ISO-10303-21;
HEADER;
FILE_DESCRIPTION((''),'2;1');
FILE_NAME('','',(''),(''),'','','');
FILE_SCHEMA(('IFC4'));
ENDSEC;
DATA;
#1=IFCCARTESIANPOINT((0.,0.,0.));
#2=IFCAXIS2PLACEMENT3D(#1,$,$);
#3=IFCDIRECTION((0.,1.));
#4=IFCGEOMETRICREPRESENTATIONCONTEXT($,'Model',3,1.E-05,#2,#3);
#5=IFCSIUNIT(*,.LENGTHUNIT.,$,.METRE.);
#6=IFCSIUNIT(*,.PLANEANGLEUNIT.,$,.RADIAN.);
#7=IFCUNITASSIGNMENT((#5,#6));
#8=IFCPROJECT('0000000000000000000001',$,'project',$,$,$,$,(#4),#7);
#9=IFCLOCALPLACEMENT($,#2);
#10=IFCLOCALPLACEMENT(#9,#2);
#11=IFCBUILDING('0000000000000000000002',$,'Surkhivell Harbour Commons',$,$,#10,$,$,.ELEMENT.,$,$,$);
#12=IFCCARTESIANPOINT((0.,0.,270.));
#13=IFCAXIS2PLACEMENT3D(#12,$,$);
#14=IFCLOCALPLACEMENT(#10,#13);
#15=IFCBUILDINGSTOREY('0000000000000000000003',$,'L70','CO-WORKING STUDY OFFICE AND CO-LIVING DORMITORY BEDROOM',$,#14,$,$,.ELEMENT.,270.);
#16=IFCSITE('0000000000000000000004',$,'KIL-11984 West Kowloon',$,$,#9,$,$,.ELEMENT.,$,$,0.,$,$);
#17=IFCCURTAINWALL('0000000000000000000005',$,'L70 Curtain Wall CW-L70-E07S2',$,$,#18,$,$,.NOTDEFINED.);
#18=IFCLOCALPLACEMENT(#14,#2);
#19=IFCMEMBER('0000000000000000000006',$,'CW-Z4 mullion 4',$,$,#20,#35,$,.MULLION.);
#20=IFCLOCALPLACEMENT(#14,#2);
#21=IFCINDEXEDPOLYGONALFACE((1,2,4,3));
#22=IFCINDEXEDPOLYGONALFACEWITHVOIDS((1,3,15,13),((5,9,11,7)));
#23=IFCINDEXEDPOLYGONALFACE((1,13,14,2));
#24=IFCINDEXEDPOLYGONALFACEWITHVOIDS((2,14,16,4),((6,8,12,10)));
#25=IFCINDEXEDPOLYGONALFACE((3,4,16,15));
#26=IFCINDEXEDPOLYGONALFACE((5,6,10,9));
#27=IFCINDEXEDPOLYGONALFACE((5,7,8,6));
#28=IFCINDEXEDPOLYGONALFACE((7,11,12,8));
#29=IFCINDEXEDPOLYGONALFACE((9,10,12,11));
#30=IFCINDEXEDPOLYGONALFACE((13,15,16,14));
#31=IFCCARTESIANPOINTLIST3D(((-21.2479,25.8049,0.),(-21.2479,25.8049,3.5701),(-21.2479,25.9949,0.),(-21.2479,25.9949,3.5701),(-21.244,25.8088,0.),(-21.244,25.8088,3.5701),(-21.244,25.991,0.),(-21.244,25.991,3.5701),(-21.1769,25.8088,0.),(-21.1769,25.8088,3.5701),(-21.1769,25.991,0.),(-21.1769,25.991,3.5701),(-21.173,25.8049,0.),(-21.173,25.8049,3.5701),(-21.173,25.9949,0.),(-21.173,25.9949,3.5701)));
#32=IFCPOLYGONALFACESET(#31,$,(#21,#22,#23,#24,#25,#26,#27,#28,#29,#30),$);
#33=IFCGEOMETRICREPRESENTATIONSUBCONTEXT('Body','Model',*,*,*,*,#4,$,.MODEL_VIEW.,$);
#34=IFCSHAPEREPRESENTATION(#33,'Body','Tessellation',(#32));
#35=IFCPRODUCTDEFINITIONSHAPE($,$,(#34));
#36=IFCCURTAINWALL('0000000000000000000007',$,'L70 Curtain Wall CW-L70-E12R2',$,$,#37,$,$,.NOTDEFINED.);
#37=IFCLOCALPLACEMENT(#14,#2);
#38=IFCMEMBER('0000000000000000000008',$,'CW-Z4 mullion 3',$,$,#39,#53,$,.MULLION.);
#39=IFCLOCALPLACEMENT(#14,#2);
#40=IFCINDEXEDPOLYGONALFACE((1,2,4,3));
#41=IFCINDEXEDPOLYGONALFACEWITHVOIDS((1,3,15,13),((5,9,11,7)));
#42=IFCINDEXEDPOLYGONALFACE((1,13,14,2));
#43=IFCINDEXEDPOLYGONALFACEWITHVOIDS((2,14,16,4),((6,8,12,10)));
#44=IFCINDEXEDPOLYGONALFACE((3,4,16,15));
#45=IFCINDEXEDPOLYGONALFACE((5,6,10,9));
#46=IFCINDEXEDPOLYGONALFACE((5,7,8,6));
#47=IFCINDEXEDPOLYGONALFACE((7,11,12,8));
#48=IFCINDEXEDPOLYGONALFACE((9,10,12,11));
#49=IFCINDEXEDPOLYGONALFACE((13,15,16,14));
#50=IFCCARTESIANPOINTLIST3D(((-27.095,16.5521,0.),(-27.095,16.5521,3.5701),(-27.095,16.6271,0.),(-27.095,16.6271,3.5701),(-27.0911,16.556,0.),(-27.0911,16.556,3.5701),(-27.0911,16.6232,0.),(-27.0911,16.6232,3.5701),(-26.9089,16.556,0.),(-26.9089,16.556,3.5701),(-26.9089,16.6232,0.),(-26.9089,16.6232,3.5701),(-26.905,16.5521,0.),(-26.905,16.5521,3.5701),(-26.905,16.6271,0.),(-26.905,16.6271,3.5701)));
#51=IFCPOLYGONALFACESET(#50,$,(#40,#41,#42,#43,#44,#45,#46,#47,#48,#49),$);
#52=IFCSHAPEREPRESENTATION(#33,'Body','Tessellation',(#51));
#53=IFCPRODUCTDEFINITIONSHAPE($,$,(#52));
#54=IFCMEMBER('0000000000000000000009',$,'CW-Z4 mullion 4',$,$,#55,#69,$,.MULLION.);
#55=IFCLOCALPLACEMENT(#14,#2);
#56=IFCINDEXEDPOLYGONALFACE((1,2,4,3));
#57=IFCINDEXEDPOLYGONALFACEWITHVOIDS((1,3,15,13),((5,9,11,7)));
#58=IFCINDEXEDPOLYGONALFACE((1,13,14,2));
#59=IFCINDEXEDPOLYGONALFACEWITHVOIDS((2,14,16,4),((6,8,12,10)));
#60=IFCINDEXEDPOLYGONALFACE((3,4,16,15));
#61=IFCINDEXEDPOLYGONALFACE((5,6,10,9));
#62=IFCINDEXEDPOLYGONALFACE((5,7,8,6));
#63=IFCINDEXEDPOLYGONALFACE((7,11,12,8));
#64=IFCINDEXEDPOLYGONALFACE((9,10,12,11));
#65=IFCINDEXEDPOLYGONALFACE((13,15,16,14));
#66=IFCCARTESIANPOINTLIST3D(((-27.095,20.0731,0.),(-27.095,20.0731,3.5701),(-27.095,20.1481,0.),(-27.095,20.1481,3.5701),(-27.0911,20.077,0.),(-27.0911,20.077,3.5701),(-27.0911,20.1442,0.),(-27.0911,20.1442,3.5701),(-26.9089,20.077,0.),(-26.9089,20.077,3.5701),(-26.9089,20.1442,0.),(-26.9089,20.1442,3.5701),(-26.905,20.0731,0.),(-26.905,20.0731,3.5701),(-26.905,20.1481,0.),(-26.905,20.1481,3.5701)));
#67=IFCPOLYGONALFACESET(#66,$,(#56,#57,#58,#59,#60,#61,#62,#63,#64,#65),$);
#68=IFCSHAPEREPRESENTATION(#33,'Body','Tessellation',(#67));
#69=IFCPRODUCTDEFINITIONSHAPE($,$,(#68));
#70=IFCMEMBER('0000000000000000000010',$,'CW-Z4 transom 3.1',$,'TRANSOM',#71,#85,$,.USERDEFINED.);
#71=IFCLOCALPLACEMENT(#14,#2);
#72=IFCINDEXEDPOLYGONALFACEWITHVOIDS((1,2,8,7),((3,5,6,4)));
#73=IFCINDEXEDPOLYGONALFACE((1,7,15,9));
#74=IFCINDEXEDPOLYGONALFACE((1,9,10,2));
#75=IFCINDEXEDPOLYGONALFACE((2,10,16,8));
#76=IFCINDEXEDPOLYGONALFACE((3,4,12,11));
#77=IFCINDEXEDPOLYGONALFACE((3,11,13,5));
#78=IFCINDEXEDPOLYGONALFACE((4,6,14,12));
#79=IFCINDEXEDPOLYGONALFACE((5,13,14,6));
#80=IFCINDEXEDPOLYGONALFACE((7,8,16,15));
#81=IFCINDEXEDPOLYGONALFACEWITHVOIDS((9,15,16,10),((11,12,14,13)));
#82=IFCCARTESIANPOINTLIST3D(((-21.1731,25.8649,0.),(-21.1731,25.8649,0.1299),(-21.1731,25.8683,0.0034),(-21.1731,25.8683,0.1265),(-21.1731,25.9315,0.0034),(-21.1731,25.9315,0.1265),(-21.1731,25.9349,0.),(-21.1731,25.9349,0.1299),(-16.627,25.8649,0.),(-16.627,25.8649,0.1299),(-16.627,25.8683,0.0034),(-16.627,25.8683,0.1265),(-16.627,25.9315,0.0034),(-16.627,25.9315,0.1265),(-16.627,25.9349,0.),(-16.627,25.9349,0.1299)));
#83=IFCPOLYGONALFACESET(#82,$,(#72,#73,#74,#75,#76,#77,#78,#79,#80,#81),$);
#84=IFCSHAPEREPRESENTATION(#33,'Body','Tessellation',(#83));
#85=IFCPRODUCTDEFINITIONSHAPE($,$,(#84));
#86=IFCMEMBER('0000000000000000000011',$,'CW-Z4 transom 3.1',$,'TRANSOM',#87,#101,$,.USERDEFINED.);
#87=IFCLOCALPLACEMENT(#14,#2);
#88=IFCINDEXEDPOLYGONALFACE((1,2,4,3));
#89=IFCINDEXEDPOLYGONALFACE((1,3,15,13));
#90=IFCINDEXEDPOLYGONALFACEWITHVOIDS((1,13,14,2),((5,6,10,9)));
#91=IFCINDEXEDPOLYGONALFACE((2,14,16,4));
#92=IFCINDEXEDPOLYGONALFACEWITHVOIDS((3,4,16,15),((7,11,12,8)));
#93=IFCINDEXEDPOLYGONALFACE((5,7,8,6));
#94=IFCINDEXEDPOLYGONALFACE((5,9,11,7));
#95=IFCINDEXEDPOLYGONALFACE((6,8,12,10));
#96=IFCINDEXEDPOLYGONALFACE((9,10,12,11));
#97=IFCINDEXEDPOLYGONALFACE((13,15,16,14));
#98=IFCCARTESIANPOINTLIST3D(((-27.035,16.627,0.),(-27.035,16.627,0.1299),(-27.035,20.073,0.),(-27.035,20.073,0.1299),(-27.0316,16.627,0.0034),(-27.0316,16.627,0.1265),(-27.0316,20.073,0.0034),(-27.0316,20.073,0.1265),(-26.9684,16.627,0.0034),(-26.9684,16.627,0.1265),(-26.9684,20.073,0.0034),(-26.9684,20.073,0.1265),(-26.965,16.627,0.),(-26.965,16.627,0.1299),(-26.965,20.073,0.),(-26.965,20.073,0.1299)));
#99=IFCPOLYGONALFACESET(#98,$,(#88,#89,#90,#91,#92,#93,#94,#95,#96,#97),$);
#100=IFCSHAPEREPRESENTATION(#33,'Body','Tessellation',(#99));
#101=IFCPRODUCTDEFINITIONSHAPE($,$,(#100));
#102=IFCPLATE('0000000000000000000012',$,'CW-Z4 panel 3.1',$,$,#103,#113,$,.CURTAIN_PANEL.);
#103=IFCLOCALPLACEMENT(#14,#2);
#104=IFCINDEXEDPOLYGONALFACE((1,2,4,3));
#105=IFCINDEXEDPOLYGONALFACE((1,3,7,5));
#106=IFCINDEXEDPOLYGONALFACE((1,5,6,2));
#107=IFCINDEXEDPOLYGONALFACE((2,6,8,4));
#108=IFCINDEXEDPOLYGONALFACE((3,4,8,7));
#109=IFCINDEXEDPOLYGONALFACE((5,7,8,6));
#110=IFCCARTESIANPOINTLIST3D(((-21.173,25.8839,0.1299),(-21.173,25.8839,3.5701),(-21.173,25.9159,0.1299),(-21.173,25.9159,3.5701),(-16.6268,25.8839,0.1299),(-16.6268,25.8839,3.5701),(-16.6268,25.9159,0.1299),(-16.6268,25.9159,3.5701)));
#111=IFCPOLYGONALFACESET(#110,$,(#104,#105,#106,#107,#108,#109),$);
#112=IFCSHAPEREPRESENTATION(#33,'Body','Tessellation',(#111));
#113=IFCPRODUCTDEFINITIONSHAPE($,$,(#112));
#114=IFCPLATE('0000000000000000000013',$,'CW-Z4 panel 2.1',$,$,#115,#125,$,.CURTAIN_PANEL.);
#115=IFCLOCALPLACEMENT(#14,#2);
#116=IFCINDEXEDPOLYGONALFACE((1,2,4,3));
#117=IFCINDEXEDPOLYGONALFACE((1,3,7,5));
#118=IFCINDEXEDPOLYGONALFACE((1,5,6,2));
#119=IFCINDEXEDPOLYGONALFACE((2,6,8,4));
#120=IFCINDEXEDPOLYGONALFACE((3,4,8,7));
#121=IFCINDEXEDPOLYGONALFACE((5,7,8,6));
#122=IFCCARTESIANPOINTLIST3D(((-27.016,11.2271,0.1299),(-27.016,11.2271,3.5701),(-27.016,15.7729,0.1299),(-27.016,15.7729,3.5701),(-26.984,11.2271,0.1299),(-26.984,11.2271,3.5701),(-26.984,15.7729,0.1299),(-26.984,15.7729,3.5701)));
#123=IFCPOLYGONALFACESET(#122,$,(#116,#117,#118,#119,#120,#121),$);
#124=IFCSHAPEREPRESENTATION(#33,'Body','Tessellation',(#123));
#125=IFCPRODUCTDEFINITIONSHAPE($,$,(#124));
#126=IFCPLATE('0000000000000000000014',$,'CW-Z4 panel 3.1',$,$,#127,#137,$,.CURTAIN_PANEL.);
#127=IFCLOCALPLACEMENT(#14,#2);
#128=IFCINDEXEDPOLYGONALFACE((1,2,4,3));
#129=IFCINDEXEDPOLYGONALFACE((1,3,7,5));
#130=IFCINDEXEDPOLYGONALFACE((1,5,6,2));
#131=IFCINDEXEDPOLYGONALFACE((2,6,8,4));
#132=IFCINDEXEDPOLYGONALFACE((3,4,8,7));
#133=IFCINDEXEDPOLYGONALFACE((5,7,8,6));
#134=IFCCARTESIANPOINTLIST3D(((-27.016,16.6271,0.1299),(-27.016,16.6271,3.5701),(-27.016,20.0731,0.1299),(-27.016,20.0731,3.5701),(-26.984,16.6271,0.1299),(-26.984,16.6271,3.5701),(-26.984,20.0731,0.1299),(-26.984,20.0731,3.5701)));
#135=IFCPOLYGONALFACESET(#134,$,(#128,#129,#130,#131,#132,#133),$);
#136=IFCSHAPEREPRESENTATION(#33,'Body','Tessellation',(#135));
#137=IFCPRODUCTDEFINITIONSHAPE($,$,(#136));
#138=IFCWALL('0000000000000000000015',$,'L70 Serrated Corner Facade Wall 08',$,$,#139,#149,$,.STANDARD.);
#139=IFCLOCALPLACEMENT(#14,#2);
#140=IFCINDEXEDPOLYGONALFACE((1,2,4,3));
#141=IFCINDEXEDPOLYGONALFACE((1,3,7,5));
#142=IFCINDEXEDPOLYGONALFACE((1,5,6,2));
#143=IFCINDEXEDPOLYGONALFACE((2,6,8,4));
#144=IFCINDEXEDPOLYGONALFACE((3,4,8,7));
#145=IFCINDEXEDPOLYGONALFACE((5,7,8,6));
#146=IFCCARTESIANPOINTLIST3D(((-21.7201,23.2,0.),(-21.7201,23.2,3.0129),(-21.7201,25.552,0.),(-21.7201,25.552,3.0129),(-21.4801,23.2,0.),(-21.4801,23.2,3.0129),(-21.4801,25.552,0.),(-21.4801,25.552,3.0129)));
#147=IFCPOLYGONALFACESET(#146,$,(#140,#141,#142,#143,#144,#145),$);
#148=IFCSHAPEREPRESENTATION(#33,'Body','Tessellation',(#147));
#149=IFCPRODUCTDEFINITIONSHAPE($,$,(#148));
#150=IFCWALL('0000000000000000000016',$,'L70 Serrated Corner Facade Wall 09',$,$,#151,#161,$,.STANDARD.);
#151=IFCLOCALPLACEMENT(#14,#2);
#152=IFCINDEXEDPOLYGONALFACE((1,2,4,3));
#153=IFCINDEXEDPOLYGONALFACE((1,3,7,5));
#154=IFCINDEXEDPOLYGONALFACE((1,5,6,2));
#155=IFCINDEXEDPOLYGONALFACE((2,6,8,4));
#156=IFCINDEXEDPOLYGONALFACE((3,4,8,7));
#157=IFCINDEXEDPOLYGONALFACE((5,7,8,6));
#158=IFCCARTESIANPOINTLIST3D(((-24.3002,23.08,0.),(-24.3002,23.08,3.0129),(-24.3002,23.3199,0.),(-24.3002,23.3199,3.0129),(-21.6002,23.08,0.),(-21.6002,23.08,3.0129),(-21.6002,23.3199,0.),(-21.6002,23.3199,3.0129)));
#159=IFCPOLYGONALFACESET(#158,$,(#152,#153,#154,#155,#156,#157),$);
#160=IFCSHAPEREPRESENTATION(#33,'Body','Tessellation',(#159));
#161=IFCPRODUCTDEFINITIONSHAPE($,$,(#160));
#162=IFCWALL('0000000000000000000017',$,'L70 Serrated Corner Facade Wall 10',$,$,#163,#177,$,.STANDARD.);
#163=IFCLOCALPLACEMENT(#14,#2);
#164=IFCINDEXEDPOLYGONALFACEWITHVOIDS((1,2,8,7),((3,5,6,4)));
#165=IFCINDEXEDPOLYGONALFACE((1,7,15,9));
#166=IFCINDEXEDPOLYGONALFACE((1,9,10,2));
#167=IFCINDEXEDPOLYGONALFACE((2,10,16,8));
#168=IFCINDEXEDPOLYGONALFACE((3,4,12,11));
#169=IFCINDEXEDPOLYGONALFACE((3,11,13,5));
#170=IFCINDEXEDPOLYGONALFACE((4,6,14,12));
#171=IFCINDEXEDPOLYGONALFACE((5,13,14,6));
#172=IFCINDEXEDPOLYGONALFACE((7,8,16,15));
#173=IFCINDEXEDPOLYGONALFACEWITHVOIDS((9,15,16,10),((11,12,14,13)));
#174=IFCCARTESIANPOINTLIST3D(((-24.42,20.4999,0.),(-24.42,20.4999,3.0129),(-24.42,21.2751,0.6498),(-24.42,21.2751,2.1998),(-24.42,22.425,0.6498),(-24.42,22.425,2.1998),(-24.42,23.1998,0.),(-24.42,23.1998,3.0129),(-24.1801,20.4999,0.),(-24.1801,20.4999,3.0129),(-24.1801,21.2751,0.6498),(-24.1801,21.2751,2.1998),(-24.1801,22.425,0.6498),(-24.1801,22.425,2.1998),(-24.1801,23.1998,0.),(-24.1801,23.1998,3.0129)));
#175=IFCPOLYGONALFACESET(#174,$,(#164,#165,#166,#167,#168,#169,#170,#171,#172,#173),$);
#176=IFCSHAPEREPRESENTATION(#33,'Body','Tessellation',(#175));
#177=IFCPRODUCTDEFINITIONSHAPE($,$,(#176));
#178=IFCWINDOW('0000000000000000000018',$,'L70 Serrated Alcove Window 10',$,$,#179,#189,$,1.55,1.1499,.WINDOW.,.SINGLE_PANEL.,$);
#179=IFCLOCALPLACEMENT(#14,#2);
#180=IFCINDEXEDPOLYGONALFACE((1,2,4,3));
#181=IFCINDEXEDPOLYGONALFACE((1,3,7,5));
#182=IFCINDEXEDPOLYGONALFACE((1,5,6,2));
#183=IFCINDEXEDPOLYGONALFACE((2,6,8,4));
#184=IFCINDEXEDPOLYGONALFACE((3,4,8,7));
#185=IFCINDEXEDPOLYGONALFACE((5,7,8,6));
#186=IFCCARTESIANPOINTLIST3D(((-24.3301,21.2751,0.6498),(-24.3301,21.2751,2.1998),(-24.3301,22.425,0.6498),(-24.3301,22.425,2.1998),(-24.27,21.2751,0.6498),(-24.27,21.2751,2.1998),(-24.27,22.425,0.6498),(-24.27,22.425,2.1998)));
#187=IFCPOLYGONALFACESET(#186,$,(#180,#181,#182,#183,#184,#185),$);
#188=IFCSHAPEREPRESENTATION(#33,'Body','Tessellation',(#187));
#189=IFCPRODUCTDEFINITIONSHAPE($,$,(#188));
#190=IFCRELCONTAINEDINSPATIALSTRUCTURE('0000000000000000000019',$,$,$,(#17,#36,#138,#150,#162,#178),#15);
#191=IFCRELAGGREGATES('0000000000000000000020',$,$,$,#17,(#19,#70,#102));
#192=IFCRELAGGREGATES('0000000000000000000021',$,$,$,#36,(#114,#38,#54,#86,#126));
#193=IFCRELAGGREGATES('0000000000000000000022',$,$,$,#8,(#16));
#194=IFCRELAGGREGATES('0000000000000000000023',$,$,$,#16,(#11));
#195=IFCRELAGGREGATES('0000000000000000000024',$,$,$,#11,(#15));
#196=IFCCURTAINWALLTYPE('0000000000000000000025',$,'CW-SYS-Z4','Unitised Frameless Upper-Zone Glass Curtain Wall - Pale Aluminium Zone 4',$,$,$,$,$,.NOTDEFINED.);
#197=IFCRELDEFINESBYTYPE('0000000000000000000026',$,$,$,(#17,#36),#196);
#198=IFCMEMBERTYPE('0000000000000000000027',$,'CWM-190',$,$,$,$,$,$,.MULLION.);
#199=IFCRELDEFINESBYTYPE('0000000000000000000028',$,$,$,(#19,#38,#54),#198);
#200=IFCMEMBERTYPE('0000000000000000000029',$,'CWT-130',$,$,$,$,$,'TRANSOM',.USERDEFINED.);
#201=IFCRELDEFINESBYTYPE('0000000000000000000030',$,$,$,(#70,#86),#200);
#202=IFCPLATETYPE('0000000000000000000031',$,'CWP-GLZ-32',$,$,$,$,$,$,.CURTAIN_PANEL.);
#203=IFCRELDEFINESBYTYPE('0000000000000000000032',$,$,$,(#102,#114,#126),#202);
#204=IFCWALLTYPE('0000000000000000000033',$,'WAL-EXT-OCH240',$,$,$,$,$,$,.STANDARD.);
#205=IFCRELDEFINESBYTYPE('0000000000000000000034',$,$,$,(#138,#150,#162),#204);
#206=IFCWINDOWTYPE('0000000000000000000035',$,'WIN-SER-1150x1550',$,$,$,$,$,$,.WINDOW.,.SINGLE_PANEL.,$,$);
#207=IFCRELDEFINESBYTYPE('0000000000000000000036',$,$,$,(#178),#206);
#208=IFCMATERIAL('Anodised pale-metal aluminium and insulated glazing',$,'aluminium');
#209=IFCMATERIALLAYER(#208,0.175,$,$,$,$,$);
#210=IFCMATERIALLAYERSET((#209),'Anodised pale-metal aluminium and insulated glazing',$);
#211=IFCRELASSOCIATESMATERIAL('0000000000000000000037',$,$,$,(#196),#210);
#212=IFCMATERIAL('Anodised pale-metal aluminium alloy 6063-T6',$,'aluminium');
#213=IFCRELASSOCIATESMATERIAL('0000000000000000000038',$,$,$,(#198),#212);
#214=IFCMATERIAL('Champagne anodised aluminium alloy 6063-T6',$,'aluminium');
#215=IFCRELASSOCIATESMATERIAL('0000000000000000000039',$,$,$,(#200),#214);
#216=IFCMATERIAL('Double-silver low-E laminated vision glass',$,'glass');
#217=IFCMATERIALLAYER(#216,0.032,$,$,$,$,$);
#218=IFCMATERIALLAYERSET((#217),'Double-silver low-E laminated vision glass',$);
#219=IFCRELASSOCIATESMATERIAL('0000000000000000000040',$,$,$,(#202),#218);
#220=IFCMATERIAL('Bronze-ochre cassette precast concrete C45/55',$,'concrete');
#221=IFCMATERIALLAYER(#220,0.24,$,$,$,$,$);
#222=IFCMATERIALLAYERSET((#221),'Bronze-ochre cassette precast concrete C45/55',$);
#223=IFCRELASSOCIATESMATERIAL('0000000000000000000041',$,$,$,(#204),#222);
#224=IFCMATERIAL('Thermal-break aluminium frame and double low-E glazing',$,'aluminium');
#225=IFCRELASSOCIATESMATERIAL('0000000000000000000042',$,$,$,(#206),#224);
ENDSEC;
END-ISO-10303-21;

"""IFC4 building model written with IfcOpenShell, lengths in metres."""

from ifc_helpers import new_model, si_unit, direction, frame, frame_2d, origin, origin_2d, place, context, subcontext, project, spatial, rectangle, hollow_rectangle, extrude, material, layer, layer_set, material_profile, profile_set, type_object, element, fill, aggregate, save


model = new_model("IFC4")

# Units and contexts
model_context = context("Model", 3, precision=1e-05, world=origin(), true_north=direction((0.0, 1.0)))
body_context = subcontext(model_context, "Body", "Model", "MODEL_VIEW")
ifc_project = project(units=[si_unit("LENGTHUNIT", "METRE"), si_unit("PLANEANGLEUNIT", "RADIAN")], contexts=[model_context])

# Site, building, storey
site_placement = place(None, origin())
site = spatial("IfcSite", under=ifc_project, at=site_placement, Name="KIL-11984 West Kowloon", CompositionType="ELEMENT", RefElevation=0.0)
building_placement = place(site_placement, origin())
building = spatial("IfcBuilding", under=site, at=building_placement, Name="Surkhivell Harbour Commons", CompositionType="ELEMENT")
storey_placement = place(building_placement, frame((0.0, 0.0, 270.0)))
storey = spatial("IfcBuildingStorey", under=building, at=storey_placement, Name="L70", Description="CO-WORKING STUDY OFFICE AND CO-LIVING DORMITORY BEDROOM", CompositionType="ELEMENT", Elevation=270.0)

# Curtain walls, members
ifc_material_1 = material(Name="Anodised pale-metal aluminium and insulated glazing", Category="aluminium")
ifc_layer_1 = layer(ifc_material_1, 0.175)
ifc_layer_set_1 = layer_set([ifc_layer_1], Name="Anodised pale-metal aluminium and insulated glazing")
curtain_wall_type = type_object("IfcCurtainWallType", Name="CW-SYS-Z4", Description="Unitised Frameless Upper-Zone Glass Curtain Wall - Pale Aluminium Zone 4", PredefinedType="NOTDEFINED", material=ifc_layer_set_1)
curtain_wall_1_placement = place(storey_placement, origin())
curtain_wall_1 = element("IfcCurtainWall", 1, at=curtain_wall_1_placement, inside=storey, type_object=curtain_wall_type, Name="L70 Curtain Wall CW-L70-E07S2", PredefinedType="NOTDEFINED")
ifc_material_2 = material(Name="Anodised pale-metal aluminium alloy 6063-T6", Category="aluminium")
ifc_material_profile_1 = material_profile(ifc_material_2, hollow_rectangle(XDim=0.075, YDim=0.1899, WallThickness=0.0039, at=origin_2d()), Name="ALU-MULL-75x190")
ifc_profile_set_1 = profile_set([ifc_material_profile_1], Name="Anodised pale-metal aluminium alloy 6063-T6")
member_type_1 = type_object("IfcMemberType", Name="CWM-190", PredefinedType="MULLION", material=ifc_profile_set_1)
member_1_placement = place(storey_placement, frame((-21.2104, 25.8999, 0.0), z_axis=(0.0, 0.0, 1.0), x_axis=(-1.0, 0.0, 0.0)))
member_1 = element("IfcMember", 2, at=member_1_placement, type_object=member_type_1, Name="CW-Z4 mullion 4", PredefinedType="MULLION", context=body_context, shape_type="SweptSolid", body=[
    extrude(hollow_rectangle(XDim=0.075, YDim=0.1899, WallThickness=0.0039, at=origin_2d()), origin(), (0.0, 0.0, 1.0), 3.5701),
])
curtain_wall_2_placement = place(storey_placement, origin())
curtain_wall_2 = element("IfcCurtainWall", 3, at=curtain_wall_2_placement, inside=storey, type_object=curtain_wall_type, Name="L70 Curtain Wall CW-L70-E12R2", PredefinedType="NOTDEFINED")
member_2_placement = place(storey_placement, frame((-27.0, 16.5896, 0.0), z_axis=(0.0, 0.0, 1.0), x_axis=(0.0, 1.0, 0.0)))
member_2 = element("IfcMember", 4, at=member_2_placement, type_object=member_type_1, Name="CW-Z4 mullion 3", PredefinedType="MULLION", context=body_context, shape_type="SweptSolid", body=[
    extrude(hollow_rectangle(XDim=0.075, YDim=0.1899, WallThickness=0.0039, at=origin_2d()), origin(), (0.0, 0.0, 1.0), 3.5701),
])
member_3_placement = place(storey_placement, frame((-27.0, 20.1106, 0.0), z_axis=(0.0, 0.0, 1.0), x_axis=(0.0, 1.0, 0.0)))
member_3 = element("IfcMember", 5, at=member_3_placement, type_object=member_type_1, Name="CW-Z4 mullion 4", PredefinedType="MULLION", context=body_context, shape_type="SweptSolid", body=[
    extrude(hollow_rectangle(XDim=0.075, YDim=0.1899, WallThickness=0.0039, at=origin_2d()), origin(), (0.0, 0.0, 1.0), 3.5701),
])

# Members
ifc_material_3 = material(Name="Champagne anodised aluminium alloy 6063-T6", Category="aluminium")
ifc_material_profile_2 = material_profile(ifc_material_3, hollow_rectangle(XDim=0.0701, YDim=0.1299, WallThickness=0.0034, at=origin_2d()), Name="ALU-TRAN-70x130")
ifc_profile_set_2 = profile_set([ifc_material_profile_2], Name="Champagne anodised aluminium alloy 6063-T6")
member_type_2 = type_object("IfcMemberType", Name="CWT-130", ElementType="TRANSOM", PredefinedType="USERDEFINED", material=ifc_profile_set_2)
member_4_placement = place(storey_placement, frame((-16.627, 25.8999, 0.0649), z_axis=(-1.0, 0.0, 0.0), x_axis=(0.0, -1.0, 0.0)))
member_4 = element("IfcMember", 6, at=member_4_placement, type_object=member_type_2, Name="CW-Z4 transom 3.1", ObjectType="TRANSOM", PredefinedType="USERDEFINED", context=body_context, shape_type="SweptSolid", body=[
    extrude(hollow_rectangle(XDim=0.0701, YDim=0.1299, WallThickness=0.0034, at=origin_2d()), origin(), (0.0, 0.0, 1.0), 4.5461),
])
member_5_placement = place(storey_placement, frame((-27.0, 16.627, 0.0649), z_axis=(0.0, 1.0, 0.0), x_axis=(-1.0, 0.0, 0.0)))
member_5 = element("IfcMember", 7, at=member_5_placement, type_object=member_type_2, Name="CW-Z4 transom 3.1", ObjectType="TRANSOM", PredefinedType="USERDEFINED", context=body_context, shape_type="SweptSolid", body=[
    extrude(hollow_rectangle(XDim=0.0701, YDim=0.1299, WallThickness=0.0034, at=origin_2d()), origin(), (0.0, 0.0, 1.0), 3.446),
])

# Plates
ifc_material_4 = material(Name="Double-silver low-E laminated vision glass", Category="glass")
ifc_layer_2 = layer(ifc_material_4, 0.032)
ifc_layer_set_2 = layer_set([ifc_layer_2], Name="Double-silver low-E laminated vision glass")
plate_type = type_object("IfcPlateType", Name="CWP-GLZ-32", PredefinedType="CURTAIN_PANEL", material=ifc_layer_set_2)
plate_1_placement = place(storey_placement, frame((-16.627, 25.8999, 0.1299), z_axis=(0.0, 0.0, 1.0), x_axis=(-1.0, 0.0, 0.0)))
plate_1 = element("IfcPlate", 8, at=plate_1_placement, type_object=plate_type, Name="CW-Z4 panel 3.1", PredefinedType="CURTAIN_PANEL", context=body_context, shape_type="SweptSolid", body=[
    extrude(rectangle(XDim=4.5461, YDim=0.032, at=frame_2d((2.2729, 0.0))), origin(), (0.0, 0.0, 1.0), 3.4402),
])
aggregate(curtain_wall_1, [member_1, member_4, plate_1])
plate_2_placement = place(storey_placement, frame((-27.0, 11.2271, 0.1299), z_axis=(0.0, 0.0, 1.0), x_axis=(0.0, 1.0, 0.0)))
plate_2 = element("IfcPlate", 9, at=plate_2_placement, type_object=plate_type, Name="CW-Z4 panel 2.1", PredefinedType="CURTAIN_PANEL", context=body_context, shape_type="SweptSolid", body=[
    extrude(rectangle(XDim=4.5459, YDim=0.032, at=frame_2d((2.2729, 0.0))), origin(), (0.0, 0.0, 1.0), 3.4402),
])
plate_3_placement = place(storey_placement, frame((-27.0, 16.627, 0.1299), z_axis=(0.0, 0.0, 1.0), x_axis=(0.0, 1.0, 0.0)))
plate_3 = element("IfcPlate", 10, at=plate_3_placement, type_object=plate_type, Name="CW-Z4 panel 3.1", PredefinedType="CURTAIN_PANEL", context=body_context, shape_type="SweptSolid", body=[
    extrude(rectangle(XDim=3.446, YDim=0.032, at=frame_2d((1.7231, 0.0))), origin(), (0.0, 0.0, 1.0), 3.4402),
])
aggregate(curtain_wall_2, [plate_2, member_2, member_3, member_5, plate_3])

# Walls
ifc_material_5 = material(Name="Bronze-ochre cassette precast concrete C45/55", Category="concrete")
ifc_layer_3 = layer(ifc_material_5, 0.24)
ifc_layer_set_3 = layer_set([ifc_layer_3], Name="Bronze-ochre cassette precast concrete C45/55")
wall_type = type_object("IfcWallType", Name="WAL-EXT-OCH240", PredefinedType="STANDARD", material=ifc_layer_set_3)
wall_1_placement = place(storey_placement, frame((-21.6001, 25.552, 0.0), z_axis=(0.0, 0.0, 1.0), x_axis=(0.0, -1.0, 0.0)))
element("IfcWall", 11, at=wall_1_placement, inside=storey, type_object=wall_type, Name="L70 Serrated Corner Facade Wall 08", PredefinedType="STANDARD", context=body_context, shape_type="SweptSolid", body=[
    extrude(rectangle(XDim=2.3521, YDim=0.24, at=frame_2d((1.176, 0.0))), origin(), (0.0, 0.0, 1.0), 3.0129),
])
wall_2_placement = place(storey_placement, frame((-21.6001, 23.2, 0.0), z_axis=(0.0, 0.0, 1.0), x_axis=(-1.0, 0.0, 0.0)))
element("IfcWall", 12, at=wall_2_placement, inside=storey, type_object=wall_type, Name="L70 Serrated Corner Facade Wall 09", PredefinedType="STANDARD", context=body_context, shape_type="SweptSolid", body=[
    extrude(rectangle(XDim=2.7, YDim=0.24, at=frame_2d((1.3501, 0.0))), origin(), (0.0, 0.0, 1.0), 3.0129),
])

# Wall, opening, window
wall_3_placement = place(storey_placement, frame((-24.3, 23.2, 0.0), z_axis=(0.0, 0.0, 1.0), x_axis=(0.0, -1.0, 0.0)))
wall_3 = element("IfcWall", 13, at=wall_3_placement, inside=storey, type_object=wall_type, Name="L70 Serrated Corner Facade Wall 10", PredefinedType="STANDARD", context=body_context, shape_type="SweptSolid", body=[
    extrude(rectangle(XDim=2.7, YDim=0.24, at=frame_2d((1.3501, 0.0))), origin(), (0.0, 0.0, 1.0), 3.0129),
])
opening_placement = place(wall_3_placement, frame((0.7749, 0.0, 0.6499)))
opening = element("IfcOpeningElement", 14, at=opening_placement, cuts=wall_3, PredefinedType="OPENING", context=body_context, shape_type="SweptSolid", body=[
    extrude(rectangle(XDim=1.1499, YDim=1.55, at=frame_2d((0.575, 0.7749))), frame((0.0, 0.1299, 0.0), z_axis=(0.0, -1.0, 0.0), x_axis=(1.0, 0.0, 0.0)), (0.0, 0.0, 1.0), 0.26),
])
ifc_material_6 = material(Name="Thermal-break aluminium frame and double low-E glazing", Category="aluminium")
window_type = type_object("IfcWindowType", Name="WIN-SER-1150x1550", PartitioningType="SINGLE_PANEL", PredefinedType="WINDOW", material=ifc_material_6)
window_placement = place(opening_placement, origin())
window = element("IfcWindow", 15, at=window_placement, inside=storey, type_object=window_type, Name="L70 Serrated Alcove Window 10", OverallHeight=1.55, OverallWidth=1.1499, PartitioningType="SINGLE_PANEL", PredefinedType="WINDOW", context=body_context, shape_type="SweptSolid", body=[
    extrude(rectangle(XDim=1.1499, YDim=1.55, at=frame_2d((0.575, 0.7749))), frame((0.0, 0.03, 0.0), z_axis=(0.0, -1.0, 0.0), x_axis=(1.0, 0.0, 0.0)), (0.0, 0.0, 1.0), 0.0601),
])
fill(opening, window)

save(model, "model.ifc")
